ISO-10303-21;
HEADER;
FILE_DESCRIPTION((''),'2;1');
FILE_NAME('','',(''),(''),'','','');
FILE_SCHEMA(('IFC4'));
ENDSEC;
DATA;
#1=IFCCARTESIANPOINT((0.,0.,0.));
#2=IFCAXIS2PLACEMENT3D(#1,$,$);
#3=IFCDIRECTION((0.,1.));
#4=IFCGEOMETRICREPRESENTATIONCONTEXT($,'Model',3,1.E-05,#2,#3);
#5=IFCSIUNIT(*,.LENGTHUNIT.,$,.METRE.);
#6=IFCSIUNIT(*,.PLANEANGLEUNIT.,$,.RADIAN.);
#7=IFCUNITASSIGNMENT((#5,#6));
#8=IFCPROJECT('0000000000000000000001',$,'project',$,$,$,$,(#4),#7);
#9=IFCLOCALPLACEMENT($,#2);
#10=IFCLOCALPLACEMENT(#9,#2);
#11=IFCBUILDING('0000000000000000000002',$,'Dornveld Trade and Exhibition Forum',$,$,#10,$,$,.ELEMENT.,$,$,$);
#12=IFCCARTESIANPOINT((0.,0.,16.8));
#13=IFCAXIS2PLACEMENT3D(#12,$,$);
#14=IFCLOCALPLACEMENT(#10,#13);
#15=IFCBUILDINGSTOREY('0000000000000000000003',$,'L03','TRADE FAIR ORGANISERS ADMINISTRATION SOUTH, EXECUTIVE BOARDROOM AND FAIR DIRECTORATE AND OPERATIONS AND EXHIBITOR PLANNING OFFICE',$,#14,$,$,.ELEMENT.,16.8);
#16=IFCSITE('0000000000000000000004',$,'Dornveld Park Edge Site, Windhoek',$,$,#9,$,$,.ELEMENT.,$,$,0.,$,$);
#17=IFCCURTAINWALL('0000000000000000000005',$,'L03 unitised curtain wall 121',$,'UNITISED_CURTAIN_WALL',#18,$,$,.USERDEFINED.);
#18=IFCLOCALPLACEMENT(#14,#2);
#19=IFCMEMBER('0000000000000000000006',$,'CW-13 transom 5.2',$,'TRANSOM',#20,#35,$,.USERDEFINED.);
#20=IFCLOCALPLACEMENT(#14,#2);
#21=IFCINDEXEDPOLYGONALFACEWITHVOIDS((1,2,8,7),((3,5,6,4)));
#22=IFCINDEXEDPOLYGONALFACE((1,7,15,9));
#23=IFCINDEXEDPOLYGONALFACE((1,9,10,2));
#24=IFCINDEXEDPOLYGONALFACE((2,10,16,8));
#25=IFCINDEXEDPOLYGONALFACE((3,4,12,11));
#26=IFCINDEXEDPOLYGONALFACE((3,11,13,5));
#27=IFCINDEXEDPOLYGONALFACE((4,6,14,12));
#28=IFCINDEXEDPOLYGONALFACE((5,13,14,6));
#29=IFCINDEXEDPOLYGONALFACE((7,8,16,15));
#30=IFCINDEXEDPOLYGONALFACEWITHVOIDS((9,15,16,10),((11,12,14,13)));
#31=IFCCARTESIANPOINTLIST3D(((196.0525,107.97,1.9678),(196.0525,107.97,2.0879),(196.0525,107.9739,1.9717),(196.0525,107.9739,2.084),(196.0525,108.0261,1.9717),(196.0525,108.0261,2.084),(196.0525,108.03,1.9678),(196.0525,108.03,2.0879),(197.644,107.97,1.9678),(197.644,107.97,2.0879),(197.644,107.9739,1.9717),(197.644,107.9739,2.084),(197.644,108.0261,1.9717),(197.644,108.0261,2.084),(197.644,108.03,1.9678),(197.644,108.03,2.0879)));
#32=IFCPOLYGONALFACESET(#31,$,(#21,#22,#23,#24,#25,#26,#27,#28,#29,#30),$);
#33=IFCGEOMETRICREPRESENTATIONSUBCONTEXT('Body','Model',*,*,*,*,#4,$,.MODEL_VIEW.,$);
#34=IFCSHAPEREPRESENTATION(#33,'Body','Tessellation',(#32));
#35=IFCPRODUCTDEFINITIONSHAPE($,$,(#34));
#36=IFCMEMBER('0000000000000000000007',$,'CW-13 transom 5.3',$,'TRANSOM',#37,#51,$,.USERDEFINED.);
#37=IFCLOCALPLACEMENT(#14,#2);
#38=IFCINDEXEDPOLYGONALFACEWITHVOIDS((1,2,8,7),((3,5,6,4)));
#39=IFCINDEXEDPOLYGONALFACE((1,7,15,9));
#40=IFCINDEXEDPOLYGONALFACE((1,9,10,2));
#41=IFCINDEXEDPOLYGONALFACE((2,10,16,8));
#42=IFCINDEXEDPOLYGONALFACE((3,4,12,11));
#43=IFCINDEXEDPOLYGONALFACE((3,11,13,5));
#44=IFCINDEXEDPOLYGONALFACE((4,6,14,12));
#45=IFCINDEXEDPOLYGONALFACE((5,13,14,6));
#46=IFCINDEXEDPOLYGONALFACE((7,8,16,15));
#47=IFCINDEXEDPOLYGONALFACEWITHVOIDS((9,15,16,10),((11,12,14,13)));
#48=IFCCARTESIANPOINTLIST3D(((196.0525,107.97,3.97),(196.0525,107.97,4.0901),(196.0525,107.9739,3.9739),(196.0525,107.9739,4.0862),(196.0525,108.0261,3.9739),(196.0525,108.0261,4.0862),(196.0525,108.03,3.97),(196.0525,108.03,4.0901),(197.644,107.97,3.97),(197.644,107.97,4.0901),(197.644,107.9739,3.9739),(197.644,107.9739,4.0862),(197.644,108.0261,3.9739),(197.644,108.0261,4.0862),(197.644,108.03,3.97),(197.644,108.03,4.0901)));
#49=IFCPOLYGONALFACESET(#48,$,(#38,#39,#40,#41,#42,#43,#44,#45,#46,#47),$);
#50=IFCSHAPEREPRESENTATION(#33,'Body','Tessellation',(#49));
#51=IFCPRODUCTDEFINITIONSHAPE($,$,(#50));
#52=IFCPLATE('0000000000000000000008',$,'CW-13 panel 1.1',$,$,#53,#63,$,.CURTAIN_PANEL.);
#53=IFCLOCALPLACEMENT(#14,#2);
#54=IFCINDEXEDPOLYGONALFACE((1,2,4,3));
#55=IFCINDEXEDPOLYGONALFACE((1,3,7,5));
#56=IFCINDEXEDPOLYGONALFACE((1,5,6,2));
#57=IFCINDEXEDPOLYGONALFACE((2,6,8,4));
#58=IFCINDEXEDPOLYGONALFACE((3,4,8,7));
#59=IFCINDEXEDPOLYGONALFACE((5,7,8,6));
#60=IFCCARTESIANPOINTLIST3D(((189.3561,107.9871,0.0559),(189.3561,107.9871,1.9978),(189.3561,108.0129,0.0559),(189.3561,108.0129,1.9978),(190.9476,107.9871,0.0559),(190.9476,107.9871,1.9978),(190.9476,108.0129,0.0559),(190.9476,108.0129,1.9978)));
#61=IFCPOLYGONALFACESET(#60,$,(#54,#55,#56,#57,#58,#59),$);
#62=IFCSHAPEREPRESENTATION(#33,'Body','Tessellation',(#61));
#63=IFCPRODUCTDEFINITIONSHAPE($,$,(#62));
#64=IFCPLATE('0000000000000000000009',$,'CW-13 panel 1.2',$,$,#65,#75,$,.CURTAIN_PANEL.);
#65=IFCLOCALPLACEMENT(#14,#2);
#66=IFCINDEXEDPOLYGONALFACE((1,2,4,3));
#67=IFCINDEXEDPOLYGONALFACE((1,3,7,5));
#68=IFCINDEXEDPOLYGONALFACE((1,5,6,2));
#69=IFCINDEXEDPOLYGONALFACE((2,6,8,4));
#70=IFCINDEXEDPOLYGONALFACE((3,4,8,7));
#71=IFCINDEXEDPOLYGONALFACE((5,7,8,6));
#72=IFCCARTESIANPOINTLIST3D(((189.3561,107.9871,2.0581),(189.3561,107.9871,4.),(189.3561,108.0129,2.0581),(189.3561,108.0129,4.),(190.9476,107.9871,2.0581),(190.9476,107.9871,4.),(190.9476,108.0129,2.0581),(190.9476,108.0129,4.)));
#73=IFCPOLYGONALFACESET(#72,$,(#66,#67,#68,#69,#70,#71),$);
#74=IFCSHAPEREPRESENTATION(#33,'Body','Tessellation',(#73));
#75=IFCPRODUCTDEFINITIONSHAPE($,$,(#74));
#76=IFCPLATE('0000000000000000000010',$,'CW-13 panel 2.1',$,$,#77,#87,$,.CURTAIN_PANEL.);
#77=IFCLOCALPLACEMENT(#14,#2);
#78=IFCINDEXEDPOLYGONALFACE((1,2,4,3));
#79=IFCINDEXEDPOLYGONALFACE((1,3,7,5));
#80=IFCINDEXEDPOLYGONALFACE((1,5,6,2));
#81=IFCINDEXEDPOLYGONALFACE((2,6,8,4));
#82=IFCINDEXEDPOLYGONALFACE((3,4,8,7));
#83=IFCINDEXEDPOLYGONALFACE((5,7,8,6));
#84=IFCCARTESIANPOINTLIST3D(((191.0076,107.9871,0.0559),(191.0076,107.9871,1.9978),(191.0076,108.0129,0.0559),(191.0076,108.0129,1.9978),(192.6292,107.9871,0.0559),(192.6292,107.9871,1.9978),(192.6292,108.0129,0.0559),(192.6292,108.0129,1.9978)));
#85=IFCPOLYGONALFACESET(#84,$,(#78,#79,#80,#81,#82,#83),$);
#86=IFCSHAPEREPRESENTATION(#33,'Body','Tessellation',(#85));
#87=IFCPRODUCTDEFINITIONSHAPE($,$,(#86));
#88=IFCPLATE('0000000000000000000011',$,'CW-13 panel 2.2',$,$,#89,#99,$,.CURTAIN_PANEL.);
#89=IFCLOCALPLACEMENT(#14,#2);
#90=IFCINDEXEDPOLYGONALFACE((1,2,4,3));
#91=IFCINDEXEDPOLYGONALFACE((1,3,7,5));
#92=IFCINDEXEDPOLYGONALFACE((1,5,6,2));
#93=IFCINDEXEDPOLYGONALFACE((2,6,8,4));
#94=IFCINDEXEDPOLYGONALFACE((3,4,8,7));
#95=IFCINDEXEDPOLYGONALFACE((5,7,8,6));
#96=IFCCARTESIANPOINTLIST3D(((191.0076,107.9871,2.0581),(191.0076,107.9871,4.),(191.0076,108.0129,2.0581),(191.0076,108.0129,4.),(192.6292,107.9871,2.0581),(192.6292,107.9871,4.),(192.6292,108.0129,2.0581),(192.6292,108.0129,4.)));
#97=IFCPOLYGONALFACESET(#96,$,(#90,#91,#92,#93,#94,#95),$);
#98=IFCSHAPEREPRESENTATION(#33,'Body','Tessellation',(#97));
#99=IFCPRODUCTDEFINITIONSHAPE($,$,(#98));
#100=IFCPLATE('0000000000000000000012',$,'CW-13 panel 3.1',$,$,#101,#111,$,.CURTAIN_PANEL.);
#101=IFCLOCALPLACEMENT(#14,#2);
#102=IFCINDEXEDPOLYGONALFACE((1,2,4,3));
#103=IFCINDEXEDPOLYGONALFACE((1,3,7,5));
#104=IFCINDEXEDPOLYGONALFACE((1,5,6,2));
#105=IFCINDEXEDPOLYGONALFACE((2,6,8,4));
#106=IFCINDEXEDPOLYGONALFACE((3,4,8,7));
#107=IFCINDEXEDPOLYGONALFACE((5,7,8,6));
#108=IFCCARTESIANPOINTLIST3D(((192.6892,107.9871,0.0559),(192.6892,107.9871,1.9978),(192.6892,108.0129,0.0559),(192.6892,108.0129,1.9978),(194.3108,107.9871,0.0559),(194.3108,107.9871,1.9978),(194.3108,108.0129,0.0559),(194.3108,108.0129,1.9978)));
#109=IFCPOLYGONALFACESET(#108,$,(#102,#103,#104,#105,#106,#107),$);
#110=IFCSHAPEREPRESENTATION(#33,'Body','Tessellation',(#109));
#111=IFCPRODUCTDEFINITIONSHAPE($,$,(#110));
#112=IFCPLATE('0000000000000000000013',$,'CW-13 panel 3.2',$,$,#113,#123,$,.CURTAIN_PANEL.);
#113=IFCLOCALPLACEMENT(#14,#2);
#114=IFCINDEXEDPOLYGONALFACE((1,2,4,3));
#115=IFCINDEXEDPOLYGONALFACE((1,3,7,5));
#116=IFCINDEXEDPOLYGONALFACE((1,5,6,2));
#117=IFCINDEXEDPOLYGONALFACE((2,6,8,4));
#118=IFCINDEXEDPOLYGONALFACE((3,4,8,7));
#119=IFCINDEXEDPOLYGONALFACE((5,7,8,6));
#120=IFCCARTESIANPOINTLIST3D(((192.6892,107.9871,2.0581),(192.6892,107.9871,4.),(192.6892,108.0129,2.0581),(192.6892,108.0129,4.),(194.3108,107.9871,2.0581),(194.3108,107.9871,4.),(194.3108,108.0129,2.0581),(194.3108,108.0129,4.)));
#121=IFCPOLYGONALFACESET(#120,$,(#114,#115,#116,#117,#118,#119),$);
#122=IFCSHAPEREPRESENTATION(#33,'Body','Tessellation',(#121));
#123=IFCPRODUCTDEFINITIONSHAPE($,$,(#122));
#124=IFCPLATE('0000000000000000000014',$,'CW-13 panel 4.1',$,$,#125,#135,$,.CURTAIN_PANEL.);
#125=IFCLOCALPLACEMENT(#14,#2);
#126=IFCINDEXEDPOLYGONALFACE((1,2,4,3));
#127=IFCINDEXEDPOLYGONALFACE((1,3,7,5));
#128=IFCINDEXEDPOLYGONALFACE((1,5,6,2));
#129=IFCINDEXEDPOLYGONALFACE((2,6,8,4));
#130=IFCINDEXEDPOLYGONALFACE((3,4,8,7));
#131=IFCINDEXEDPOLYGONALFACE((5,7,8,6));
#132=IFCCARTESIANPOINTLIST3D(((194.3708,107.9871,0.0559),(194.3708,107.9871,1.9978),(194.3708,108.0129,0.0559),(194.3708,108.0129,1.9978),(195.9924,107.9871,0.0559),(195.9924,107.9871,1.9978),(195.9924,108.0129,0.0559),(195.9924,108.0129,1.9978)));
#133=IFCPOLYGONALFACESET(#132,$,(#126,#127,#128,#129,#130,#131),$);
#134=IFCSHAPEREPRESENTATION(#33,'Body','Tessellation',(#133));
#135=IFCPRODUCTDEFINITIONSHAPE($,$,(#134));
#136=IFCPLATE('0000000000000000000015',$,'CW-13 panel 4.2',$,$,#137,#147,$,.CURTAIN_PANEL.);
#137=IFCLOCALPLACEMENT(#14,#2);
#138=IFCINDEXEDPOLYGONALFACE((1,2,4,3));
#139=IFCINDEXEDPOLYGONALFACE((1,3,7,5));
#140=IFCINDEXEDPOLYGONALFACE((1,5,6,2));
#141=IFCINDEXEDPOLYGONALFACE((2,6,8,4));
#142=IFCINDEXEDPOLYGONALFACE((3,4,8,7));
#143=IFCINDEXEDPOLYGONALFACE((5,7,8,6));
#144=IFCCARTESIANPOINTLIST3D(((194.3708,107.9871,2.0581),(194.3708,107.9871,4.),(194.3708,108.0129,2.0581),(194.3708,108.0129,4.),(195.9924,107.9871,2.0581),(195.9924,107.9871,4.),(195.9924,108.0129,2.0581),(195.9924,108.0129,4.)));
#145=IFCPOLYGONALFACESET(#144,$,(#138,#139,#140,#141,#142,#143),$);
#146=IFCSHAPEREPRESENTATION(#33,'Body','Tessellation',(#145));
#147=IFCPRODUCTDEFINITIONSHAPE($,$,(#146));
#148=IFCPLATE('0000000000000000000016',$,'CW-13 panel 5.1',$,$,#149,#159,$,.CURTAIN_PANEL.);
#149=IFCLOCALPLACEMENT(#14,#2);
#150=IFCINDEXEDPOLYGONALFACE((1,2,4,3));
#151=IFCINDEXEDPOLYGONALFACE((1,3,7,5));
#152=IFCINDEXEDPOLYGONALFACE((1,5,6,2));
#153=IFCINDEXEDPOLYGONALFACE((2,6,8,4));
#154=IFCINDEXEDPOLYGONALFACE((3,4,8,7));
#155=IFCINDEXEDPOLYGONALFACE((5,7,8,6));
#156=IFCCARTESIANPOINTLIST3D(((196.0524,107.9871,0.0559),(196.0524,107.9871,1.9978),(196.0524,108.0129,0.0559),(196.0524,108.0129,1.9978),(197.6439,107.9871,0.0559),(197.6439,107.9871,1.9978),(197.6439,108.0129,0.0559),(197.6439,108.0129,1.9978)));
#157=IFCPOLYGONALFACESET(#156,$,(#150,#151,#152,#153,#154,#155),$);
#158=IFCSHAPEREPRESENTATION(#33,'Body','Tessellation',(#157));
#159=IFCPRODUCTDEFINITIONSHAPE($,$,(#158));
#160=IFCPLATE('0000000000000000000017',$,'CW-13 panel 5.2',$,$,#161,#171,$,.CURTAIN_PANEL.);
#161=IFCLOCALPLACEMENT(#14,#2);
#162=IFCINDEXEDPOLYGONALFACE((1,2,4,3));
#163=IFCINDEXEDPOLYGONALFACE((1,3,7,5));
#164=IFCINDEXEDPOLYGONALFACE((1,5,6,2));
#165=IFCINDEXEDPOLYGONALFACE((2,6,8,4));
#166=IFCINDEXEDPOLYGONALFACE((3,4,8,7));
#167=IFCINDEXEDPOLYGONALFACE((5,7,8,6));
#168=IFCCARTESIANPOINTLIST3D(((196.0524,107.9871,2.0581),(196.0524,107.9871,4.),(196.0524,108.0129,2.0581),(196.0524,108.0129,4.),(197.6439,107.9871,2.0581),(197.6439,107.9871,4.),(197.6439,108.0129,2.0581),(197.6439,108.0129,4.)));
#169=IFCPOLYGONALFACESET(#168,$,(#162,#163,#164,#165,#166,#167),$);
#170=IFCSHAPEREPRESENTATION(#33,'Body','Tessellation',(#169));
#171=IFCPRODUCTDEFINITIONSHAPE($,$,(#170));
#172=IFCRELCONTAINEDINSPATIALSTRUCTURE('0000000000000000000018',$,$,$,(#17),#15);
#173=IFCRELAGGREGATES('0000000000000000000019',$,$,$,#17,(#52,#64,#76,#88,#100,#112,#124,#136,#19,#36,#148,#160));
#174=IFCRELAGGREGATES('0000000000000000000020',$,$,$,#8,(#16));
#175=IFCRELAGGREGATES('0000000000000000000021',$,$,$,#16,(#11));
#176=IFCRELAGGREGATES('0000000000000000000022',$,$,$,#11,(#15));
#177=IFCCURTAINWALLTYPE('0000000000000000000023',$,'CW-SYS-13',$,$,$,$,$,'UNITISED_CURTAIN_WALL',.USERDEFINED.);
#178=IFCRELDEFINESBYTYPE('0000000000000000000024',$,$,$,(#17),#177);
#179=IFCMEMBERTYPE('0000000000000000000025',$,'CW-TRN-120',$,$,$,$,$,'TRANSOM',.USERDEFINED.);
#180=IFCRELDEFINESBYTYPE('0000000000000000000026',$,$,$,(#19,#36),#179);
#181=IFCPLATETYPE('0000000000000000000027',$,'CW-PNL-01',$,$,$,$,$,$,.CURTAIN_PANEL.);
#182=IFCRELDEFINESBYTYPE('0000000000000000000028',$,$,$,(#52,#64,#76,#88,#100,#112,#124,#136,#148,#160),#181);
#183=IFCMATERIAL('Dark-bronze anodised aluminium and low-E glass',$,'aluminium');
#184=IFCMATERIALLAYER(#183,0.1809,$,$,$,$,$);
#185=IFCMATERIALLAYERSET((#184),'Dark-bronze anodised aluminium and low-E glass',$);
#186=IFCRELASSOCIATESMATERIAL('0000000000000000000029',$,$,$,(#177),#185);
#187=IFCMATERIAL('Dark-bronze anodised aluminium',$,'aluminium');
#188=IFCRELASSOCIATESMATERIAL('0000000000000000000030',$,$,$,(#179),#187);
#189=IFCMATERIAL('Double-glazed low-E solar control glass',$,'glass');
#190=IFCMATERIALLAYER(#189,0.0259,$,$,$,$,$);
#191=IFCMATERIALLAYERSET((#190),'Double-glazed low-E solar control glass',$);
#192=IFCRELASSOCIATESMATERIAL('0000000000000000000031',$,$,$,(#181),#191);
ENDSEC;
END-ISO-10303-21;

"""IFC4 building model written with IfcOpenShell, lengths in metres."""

from ifc_helpers import new_model, si_unit, direction, frame, origin, origin_2d, place, context, subcontext, project, spatial, rectangle, hollow_rectangle, extrude, material, layer, layer_set, material_profile, profile_set, type_object, element, aggregate, save


model = new_model("IFC4")

# Units and contexts
model_context = context("Model", 3, precision=1e-05, world=origin(), true_north=direction((0.0, 1.0)))
body_context = subcontext(model_context, "Body", "Model", "MODEL_VIEW")
ifc_project = project(units=[si_unit("LENGTHUNIT", "METRE"), si_unit("PLANEANGLEUNIT", "RADIAN")], contexts=[model_context])

# Site, building, storey
site_placement = place(None, origin())
site = spatial("IfcSite", under=ifc_project, at=site_placement, Name="Dornveld Park Edge Site, Windhoek", CompositionType="ELEMENT", RefElevation=0.0)
building_placement = place(site_placement, origin())
building = spatial("IfcBuilding", under=site, at=building_placement, Name="Dornveld Trade and Exhibition Forum", CompositionType="ELEMENT")
storey_placement = place(building_placement, frame((0.0, 0.0, 16.8)))
storey = spatial("IfcBuildingStorey", under=building, at=storey_placement, Name="L03", Description="TRADE FAIR ORGANISERS ADMINISTRATION SOUTH, EXECUTIVE BOARDROOM AND FAIR DIRECTORATE AND OPERATIONS AND EXHIBITOR PLANNING OFFICE", CompositionType="ELEMENT", Elevation=16.8)

# Curtain wall, members, plates
ifc_material_1 = material(Name="Dark-bronze anodised aluminium and low-E glass", Category="aluminium")
ifc_layer_1 = layer(ifc_material_1, 0.1809)
ifc_layer_set_1 = layer_set([ifc_layer_1], Name="Dark-bronze anodised aluminium and low-E glass")
curtain_wall_type = type_object("IfcCurtainWallType", Name="CW-SYS-13", ElementType="UNITISED_CURTAIN_WALL", PredefinedType="USERDEFINED", material=ifc_layer_set_1)
curtain_wall_placement = place(storey_placement, origin())
curtain_wall = element("IfcCurtainWall", 1, at=curtain_wall_placement, inside=storey, type_object=curtain_wall_type, Name="L03 unitised curtain wall 121", ObjectType="UNITISED_CURTAIN_WALL", PredefinedType="USERDEFINED")
ifc_material_2 = material(Name="Dark-bronze anodised aluminium", Category="aluminium")
ifc_material_profile_1 = material_profile(ifc_material_2, hollow_rectangle(XDim=0.0601, YDim=0.1201, WallThickness=0.0039, at=origin_2d()), Name="RHS 120x60x4")
ifc_profile_set_1 = profile_set([ifc_material_profile_1], Name="Dark-bronze anodised aluminium")
member_type_1 = type_object("IfcMemberType", Name="CW-TRN-120", ElementType="TRANSOM", PredefinedType="USERDEFINED", material=ifc_profile_set_1)
member_1_placement = place(storey_placement, frame((196.0525, 108.0, 2.0278), z_axis=(1.0, 0.0, 0.0), x_axis=(0.0, 1.0, 0.0)))
member_1 = element("IfcMember", 2, at=member_1_placement, type_object=member_type_1, Name="CW-13 transom 5.2", ObjectType="TRANSOM", PredefinedType="USERDEFINED", context=body_context, shape_type="SweptSolid", body=[
    extrude(hollow_rectangle(XDim=0.0601, YDim=0.1201, WallThickness=0.0039, at=origin_2d()), origin(), (0.0, 0.0, 1.0), 1.5916),
])
member_2_placement = place(storey_placement, frame((196.0525, 108.0, 4.03), z_axis=(1.0, 0.0, 0.0), x_axis=(0.0, 1.0, 0.0)))
member_2 = element("IfcMember", 3, at=member_2_placement, type_object=member_type_1, Name="CW-13 transom 5.3", ObjectType="TRANSOM", PredefinedType="USERDEFINED", context=body_context, shape_type="SweptSolid", body=[
    extrude(hollow_rectangle(XDim=0.0601, YDim=0.1201, WallThickness=0.0039, at=origin_2d()), origin(), (0.0, 0.0, 1.0), 1.5916),
])
ifc_material_3 = material(Name="Double-glazed low-E solar control glass", Category="glass")
ifc_layer_2 = layer(ifc_material_3, 0.0259)
ifc_layer_set_2 = layer_set([ifc_layer_2], Name="Double-glazed low-E solar control glass")
plate_type = type_object("IfcPlateType", Name="CW-PNL-01", PredefinedType="CURTAIN_PANEL", material=ifc_layer_set_2)
plate_1_placement = place(storey_placement, frame((190.1519, 108.0, 0.0559), z_axis=(0.0, 0.0, 1.0), x_axis=(1.0, 0.0, 0.0)))
plate_1 = element("IfcPlate", 4, at=plate_1_placement, type_object=plate_type, Name="CW-13 panel 1.1", PredefinedType="CURTAIN_PANEL", context=body_context, shape_type="SweptSolid", body=[
    extrude(rectangle(XDim=1.5916, YDim=0.0259, at=origin_2d()), origin(), (0.0, 0.0, 1.0), 1.9419),
])
plate_2_placement = place(storey_placement, frame((190.1519, 108.0, 2.0581), z_axis=(0.0, 0.0, 1.0), x_axis=(1.0, 0.0, 0.0)))
plate_2 = element("IfcPlate", 5, at=plate_2_placement, type_object=plate_type, Name="CW-13 panel 1.2", PredefinedType="CURTAIN_PANEL", context=body_context, shape_type="SweptSolid", body=[
    extrude(rectangle(XDim=1.5916, YDim=0.0259, at=origin_2d()), origin(), (0.0, 0.0, 1.0), 1.9419),
])
plate_3_placement = place(storey_placement, frame((191.8184, 108.0, 0.0559), z_axis=(0.0, 0.0, 1.0), x_axis=(1.0, 0.0, 0.0)))
plate_3 = element("IfcPlate", 6, at=plate_3_placement, type_object=plate_type, Name="CW-13 panel 2.1", PredefinedType="CURTAIN_PANEL", context=body_context, shape_type="SweptSolid", body=[
    extrude(rectangle(XDim=1.6216, YDim=0.0259, at=origin_2d()), origin(), (0.0, 0.0, 1.0), 1.9419),
])
plate_4_placement = place(storey_placement, frame((191.8184, 108.0, 2.0581), z_axis=(0.0, 0.0, 1.0), x_axis=(1.0, 0.0, 0.0)))
plate_4 = element("IfcPlate", 7, at=plate_4_placement, type_object=plate_type, Name="CW-13 panel 2.2", PredefinedType="CURTAIN_PANEL", context=body_context, shape_type="SweptSolid", body=[
    extrude(rectangle(XDim=1.6216, YDim=0.0259, at=origin_2d()), origin(), (0.0, 0.0, 1.0), 1.9419),
])
plate_5_placement = place(storey_placement, frame((193.5, 108.0, 0.0559), z_axis=(0.0, 0.0, 1.0), x_axis=(1.0, 0.0, 0.0)))
plate_5 = element("IfcPlate", 8, at=plate_5_placement, type_object=plate_type, Name="CW-13 panel 3.1", PredefinedType="CURTAIN_PANEL", context=body_context, shape_type="SweptSolid", body=[
    extrude(rectangle(XDim=1.6216, YDim=0.0259, at=origin_2d()), origin(), (0.0, 0.0, 1.0), 1.9419),
])
plate_6_placement = place(storey_placement, frame((193.5, 108.0, 2.0581), z_axis=(0.0, 0.0, 1.0), x_axis=(1.0, 0.0, 0.0)))
plate_6 = element("IfcPlate", 9, at=plate_6_placement, type_object=plate_type, Name="CW-13 panel 3.2", PredefinedType="CURTAIN_PANEL", context=body_context, shape_type="SweptSolid", body=[
    extrude(rectangle(XDim=1.6216, YDim=0.0259, at=origin_2d()), origin(), (0.0, 0.0, 1.0), 1.9419),
])
plate_7_placement = place(storey_placement, frame((195.1816, 108.0, 0.0559), z_axis=(0.0, 0.0, 1.0), x_axis=(1.0, 0.0, 0.0)))
plate_7 = element("IfcPlate", 10, at=plate_7_placement, type_object=plate_type, Name="CW-13 panel 4.1", PredefinedType="CURTAIN_PANEL", context=body_context, shape_type="SweptSolid", body=[
    extrude(rectangle(XDim=1.6216, YDim=0.0259, at=origin_2d()), origin(), (0.0, 0.0, 1.0), 1.9419),
])
plate_8_placement = place(storey_placement, frame((195.1816, 108.0, 2.0581), z_axis=(0.0, 0.0, 1.0), x_axis=(1.0, 0.0, 0.0)))
plate_8 = element("IfcPlate", 11, at=plate_8_placement, type_object=plate_type, Name="CW-13 panel 4.2", PredefinedType="CURTAIN_PANEL", context=body_context, shape_type="SweptSolid", body=[
    extrude(rectangle(XDim=1.6216, YDim=0.0259, at=origin_2d()), origin(), (0.0, 0.0, 1.0), 1.9419),
])
plate_9_placement = place(storey_placement, frame((196.8481, 108.0, 0.0559), z_axis=(0.0, 0.0, 1.0), x_axis=(1.0, 0.0, 0.0)))
plate_9 = element("IfcPlate", 12, at=plate_9_placement, type_object=plate_type, Name="CW-13 panel 5.1", PredefinedType="CURTAIN_PANEL", context=body_context, shape_type="SweptSolid", body=[
    extrude(rectangle(XDim=1.5916, YDim=0.0259, at=origin_2d()), origin(), (0.0, 0.0, 1.0), 1.9419),
])
plate_10_placement = place(storey_placement, frame((196.8481, 108.0, 2.0581), z_axis=(0.0, 0.0, 1.0), x_axis=(1.0, 0.0, 0.0)))
plate_10 = element("IfcPlate", 13, at=plate_10_placement, type_object=plate_type, Name="CW-13 panel 5.2", PredefinedType="CURTAIN_PANEL", context=body_context, shape_type="SweptSolid", body=[
    extrude(rectangle(XDim=1.5916, YDim=0.0259, at=origin_2d()), origin(), (0.0, 0.0, 1.0), 1.9419),
])
aggregate(curtain_wall, [plate_1, plate_2, plate_3, plate_4, plate_5, plate_6, plate_7, plate_8, member_1, member_2, plate_9, plate_10])

save(model, "model.ifc")
